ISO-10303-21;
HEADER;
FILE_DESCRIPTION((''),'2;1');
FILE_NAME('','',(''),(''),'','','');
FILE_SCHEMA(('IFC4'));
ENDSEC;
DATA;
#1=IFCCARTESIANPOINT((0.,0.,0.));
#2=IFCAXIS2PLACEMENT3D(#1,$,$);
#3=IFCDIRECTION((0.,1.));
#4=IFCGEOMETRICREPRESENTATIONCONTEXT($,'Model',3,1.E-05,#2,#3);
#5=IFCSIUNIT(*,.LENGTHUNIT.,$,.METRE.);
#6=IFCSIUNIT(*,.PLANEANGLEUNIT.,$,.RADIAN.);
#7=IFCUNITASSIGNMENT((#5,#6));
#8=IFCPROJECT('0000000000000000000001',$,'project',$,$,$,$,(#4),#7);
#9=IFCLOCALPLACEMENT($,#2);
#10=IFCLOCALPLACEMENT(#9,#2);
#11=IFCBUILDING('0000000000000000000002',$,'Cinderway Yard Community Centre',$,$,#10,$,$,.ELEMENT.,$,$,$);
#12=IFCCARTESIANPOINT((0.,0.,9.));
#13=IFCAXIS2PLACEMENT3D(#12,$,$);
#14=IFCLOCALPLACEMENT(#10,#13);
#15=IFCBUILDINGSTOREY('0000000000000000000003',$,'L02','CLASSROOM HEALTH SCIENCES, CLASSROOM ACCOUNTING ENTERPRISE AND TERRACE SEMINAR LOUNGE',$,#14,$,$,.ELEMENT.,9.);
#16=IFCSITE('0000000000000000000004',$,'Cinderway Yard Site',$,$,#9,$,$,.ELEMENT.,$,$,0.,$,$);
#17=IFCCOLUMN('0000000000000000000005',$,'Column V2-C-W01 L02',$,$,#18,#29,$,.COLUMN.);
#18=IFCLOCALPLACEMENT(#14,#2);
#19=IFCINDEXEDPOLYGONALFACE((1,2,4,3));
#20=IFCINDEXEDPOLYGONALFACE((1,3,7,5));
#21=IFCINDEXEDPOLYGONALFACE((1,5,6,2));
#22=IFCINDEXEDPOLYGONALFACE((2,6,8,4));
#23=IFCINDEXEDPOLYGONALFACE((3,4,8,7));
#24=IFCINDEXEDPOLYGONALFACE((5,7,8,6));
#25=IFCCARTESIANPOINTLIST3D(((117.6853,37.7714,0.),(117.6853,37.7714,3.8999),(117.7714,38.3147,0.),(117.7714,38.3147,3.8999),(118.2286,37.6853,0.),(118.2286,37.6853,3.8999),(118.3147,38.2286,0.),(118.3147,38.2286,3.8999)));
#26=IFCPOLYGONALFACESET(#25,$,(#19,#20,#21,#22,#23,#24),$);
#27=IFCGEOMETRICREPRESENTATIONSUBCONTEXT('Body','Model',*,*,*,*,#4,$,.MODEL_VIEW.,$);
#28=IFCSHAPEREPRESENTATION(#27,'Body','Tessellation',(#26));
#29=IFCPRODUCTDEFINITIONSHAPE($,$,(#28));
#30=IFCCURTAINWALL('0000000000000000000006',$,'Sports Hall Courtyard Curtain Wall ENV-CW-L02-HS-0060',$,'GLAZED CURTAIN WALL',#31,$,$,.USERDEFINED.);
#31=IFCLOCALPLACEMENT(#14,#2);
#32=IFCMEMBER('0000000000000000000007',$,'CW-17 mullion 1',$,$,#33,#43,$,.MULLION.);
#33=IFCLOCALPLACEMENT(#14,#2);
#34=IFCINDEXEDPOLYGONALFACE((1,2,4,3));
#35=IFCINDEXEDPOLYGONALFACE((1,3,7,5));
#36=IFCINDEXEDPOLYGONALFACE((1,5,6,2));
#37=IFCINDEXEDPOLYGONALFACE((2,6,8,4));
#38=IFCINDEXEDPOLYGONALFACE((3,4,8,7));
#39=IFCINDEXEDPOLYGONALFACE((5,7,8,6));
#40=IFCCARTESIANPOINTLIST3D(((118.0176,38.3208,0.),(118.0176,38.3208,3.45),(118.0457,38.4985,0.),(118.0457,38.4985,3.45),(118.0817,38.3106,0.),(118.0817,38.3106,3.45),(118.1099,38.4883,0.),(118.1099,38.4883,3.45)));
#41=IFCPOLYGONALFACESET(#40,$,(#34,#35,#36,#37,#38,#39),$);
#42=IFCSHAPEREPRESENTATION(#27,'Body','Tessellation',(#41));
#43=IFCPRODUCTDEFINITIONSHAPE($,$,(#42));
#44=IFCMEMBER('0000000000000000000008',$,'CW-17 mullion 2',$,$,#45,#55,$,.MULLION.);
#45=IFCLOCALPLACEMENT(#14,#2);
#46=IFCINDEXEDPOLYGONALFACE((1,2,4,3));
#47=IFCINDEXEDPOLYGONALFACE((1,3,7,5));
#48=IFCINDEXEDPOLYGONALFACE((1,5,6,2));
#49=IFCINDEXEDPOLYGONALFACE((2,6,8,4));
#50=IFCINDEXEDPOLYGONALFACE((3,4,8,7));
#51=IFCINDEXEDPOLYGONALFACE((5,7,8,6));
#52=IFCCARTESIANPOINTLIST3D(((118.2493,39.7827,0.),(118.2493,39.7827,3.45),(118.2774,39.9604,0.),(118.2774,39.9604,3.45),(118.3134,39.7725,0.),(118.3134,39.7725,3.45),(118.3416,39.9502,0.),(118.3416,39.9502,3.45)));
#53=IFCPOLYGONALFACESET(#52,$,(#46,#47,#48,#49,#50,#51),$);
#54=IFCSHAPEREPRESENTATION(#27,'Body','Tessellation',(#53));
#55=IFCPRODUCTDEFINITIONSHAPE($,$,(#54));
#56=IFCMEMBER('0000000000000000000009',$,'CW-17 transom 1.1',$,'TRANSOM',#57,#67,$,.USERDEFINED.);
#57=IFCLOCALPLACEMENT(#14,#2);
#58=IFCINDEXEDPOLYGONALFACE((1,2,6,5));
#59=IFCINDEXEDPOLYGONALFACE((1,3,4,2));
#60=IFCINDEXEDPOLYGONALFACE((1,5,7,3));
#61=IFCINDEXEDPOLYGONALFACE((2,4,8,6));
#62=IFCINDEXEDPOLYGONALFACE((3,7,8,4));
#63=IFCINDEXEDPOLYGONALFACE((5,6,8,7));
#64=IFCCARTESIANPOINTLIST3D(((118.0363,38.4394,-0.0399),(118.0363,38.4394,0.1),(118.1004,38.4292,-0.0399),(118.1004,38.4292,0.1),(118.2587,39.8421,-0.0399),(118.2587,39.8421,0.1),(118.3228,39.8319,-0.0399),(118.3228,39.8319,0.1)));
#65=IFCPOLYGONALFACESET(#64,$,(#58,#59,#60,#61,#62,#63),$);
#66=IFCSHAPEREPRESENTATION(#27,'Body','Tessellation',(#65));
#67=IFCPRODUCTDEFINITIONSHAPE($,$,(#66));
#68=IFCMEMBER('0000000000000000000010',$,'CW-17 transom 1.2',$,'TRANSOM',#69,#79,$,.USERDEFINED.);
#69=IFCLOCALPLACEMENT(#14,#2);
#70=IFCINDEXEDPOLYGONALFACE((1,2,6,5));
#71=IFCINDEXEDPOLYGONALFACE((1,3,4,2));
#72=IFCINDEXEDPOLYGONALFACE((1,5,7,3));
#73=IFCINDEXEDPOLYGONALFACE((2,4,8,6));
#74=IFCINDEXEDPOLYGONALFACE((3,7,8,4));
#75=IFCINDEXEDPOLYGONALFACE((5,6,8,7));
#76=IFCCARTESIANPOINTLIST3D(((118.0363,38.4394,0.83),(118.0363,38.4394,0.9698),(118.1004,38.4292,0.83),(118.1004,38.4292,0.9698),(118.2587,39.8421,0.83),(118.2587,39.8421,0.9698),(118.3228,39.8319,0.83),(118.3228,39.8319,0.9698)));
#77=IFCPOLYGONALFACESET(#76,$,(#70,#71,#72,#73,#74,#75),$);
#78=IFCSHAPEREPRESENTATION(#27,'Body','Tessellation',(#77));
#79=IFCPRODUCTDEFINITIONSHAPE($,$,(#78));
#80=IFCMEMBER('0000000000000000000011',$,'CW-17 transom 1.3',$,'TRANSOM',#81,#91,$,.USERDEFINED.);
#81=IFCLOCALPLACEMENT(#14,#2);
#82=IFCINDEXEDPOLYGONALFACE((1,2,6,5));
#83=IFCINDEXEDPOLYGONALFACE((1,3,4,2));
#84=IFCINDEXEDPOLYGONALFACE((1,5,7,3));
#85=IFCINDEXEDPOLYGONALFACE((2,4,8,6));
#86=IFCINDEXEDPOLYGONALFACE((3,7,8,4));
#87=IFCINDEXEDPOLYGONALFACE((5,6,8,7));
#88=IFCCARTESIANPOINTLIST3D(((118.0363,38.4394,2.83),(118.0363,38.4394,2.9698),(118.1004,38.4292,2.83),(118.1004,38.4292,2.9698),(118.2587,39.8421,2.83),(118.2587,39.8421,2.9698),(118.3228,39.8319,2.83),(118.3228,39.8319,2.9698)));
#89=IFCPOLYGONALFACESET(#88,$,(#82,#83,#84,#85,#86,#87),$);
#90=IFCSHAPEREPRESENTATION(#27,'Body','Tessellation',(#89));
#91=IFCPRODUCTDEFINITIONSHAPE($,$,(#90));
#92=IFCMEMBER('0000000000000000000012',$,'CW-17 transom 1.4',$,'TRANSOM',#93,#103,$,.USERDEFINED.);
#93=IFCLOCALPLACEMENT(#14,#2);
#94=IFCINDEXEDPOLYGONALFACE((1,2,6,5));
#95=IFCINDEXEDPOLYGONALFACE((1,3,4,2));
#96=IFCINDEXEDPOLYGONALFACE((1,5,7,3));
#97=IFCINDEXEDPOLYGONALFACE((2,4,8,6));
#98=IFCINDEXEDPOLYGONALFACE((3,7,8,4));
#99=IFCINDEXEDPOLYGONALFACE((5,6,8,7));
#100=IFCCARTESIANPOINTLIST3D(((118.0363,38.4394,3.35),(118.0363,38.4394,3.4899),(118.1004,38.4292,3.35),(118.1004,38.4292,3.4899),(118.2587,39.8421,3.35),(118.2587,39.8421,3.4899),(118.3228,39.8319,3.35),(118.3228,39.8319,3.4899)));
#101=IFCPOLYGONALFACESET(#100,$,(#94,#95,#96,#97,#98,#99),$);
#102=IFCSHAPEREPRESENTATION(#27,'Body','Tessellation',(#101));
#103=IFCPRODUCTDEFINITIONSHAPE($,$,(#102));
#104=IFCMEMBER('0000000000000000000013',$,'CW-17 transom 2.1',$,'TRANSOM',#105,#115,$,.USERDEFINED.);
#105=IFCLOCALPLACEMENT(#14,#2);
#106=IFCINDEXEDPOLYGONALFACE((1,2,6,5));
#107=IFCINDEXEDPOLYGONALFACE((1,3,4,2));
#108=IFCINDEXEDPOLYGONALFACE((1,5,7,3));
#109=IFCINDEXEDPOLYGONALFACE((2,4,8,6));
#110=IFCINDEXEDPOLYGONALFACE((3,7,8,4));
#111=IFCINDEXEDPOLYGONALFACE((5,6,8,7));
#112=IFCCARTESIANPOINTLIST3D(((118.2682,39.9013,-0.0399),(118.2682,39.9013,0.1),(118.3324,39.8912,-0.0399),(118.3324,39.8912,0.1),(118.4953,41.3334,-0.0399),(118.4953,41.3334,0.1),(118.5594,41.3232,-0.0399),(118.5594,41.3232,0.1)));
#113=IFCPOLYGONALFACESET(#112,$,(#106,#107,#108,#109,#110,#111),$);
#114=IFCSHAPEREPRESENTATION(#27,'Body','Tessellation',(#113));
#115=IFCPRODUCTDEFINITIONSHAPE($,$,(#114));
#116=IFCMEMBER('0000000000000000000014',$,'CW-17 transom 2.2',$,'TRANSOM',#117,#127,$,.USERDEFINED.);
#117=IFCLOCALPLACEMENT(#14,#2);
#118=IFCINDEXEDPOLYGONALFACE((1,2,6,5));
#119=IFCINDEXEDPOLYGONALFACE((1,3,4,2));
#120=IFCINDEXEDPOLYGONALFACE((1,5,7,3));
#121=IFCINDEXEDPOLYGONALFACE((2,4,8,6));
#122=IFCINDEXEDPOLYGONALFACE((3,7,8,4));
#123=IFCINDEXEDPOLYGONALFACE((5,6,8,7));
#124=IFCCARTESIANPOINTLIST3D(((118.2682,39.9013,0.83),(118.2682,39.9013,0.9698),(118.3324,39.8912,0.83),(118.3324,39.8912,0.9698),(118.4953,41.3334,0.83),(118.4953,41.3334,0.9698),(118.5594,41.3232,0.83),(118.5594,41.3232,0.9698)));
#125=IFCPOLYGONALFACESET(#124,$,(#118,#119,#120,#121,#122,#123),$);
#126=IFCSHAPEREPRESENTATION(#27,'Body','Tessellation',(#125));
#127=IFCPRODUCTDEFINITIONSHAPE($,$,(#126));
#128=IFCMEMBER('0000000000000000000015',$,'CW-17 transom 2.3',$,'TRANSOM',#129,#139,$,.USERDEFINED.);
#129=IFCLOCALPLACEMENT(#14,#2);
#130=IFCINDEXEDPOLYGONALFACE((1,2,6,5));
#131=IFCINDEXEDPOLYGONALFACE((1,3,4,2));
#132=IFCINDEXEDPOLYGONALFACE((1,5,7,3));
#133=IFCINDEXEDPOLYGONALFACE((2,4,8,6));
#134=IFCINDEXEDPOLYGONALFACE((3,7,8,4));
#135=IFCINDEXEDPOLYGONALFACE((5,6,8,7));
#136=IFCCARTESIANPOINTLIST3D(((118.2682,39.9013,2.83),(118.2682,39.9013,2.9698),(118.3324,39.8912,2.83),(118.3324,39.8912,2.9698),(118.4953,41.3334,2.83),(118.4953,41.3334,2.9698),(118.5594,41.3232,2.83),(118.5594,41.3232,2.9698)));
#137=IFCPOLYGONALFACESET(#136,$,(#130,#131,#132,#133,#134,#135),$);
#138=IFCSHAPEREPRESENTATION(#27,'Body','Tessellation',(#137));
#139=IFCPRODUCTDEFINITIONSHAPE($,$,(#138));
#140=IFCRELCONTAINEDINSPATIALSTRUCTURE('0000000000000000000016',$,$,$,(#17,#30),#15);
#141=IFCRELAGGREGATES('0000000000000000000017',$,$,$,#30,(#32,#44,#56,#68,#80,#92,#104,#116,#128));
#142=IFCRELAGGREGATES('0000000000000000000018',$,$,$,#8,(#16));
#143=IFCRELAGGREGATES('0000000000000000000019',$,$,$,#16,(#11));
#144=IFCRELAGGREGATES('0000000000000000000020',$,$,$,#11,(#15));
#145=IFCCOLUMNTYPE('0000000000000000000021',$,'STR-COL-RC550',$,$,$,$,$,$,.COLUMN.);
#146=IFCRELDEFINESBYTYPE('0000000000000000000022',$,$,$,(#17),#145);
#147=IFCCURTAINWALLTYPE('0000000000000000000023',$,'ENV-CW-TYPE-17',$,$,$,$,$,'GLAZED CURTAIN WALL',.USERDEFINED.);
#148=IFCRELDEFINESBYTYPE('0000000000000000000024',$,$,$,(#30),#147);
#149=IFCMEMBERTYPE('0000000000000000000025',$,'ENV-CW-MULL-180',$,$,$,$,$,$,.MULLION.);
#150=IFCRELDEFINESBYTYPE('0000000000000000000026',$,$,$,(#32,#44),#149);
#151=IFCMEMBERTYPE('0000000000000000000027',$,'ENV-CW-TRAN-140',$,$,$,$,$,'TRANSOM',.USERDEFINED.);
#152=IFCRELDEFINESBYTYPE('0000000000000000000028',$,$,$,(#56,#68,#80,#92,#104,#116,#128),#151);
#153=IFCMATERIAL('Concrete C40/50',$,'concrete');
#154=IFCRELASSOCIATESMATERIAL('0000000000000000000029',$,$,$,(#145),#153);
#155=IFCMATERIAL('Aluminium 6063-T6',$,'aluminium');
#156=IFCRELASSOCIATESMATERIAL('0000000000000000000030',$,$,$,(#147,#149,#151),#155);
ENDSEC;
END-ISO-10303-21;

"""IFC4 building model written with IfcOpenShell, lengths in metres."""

from ifc_helpers import new_model, si_unit, direction, frame, origin, origin_2d, place, context, subcontext, project, spatial, rectangle, extrude, material, material_profile, profile_set, type_object, element, aggregate, save


model = new_model("IFC4")

# Units and contexts
model_context = context("Model", 3, precision=1e-05, world=origin(), true_north=direction((0.0, 1.0)))
body_context = subcontext(model_context, "Body", "Model", "MODEL_VIEW")
ifc_project = project(units=[si_unit("LENGTHUNIT", "METRE"), si_unit("PLANEANGLEUNIT", "RADIAN")], contexts=[model_context])

# Site, building, storey
site_placement = place(None, origin())
site = spatial("IfcSite", under=ifc_project, at=site_placement, Name="Cinderway Yard Site", CompositionType="ELEMENT", RefElevation=0.0)
building_placement = place(site_placement, origin())
building = spatial("IfcBuilding", under=site, at=building_placement, Name="Cinderway Yard Community Centre", CompositionType="ELEMENT")
storey_placement = place(building_placement, frame((0.0, 0.0, 9.0)))
storey = spatial("IfcBuildingStorey", under=building, at=storey_placement, Name="L02", Description="CLASSROOM HEALTH SCIENCES, CLASSROOM ACCOUNTING ENTERPRISE AND TERRACE SEMINAR LOUNGE", CompositionType="ELEMENT", Elevation=9.0)

# Column
ifc_material_1 = material(Name="Concrete C40/50", Category="concrete")
ifc_material_profile_1 = material_profile(ifc_material_1, rectangle(XDim=0.55, YDim=0.55, at=origin_2d()), Name="Concrete C40/50")
ifc_profile_set_1 = profile_set([ifc_material_profile_1], Name="Concrete C40/50")
column_type = type_object("IfcColumnType", Name="STR-COL-RC550", PredefinedType="COLUMN", material=ifc_profile_set_1)
column_placement = place(storey_placement, frame((118.0, 38.0, 0.0), z_axis=(0.0, 0.0, 1.0), x_axis=(0.987688, -0.156434, 0.0)))
element("IfcColumn", 1, at=column_placement, inside=storey, type_object=column_type, Name="Column V2-C-W01 L02", PredefinedType="COLUMN", context=body_context, shape_type="SweptSolid", body=[
    extrude(rectangle(XDim=0.55, YDim=0.55, at=origin_2d()), origin(), (0.0, 0.0, 1.0), 3.8999),
])

# Curtain wall, members
ifc_material_2 = material(Name="Aluminium 6063-T6", Category="aluminium")
curtain_wall_type = type_object("IfcCurtainWallType", Name="ENV-CW-TYPE-17", ElementType="GLAZED CURTAIN WALL", PredefinedType="USERDEFINED", material=ifc_material_2)
curtain_wall_placement = place(storey_placement, origin())
curtain_wall = element("IfcCurtainWall", 2, at=curtain_wall_placement, inside=storey, type_object=curtain_wall_type, Name="Sports Hall Courtyard Curtain Wall ENV-CW-L02-HS-0060", ObjectType="GLAZED CURTAIN WALL", PredefinedType="USERDEFINED")
ifc_material_profile_2 = material_profile(ifc_material_2, rectangle(XDim=0.0649, YDim=0.1799, at=origin_2d()), Name="Aluminium 6063-T6")
ifc_profile_set_2 = profile_set([ifc_material_profile_2], Name="Aluminium 6063-T6")
member_type_1 = type_object("IfcMemberType", Name="ENV-CW-MULL-180", PredefinedType="MULLION", material=ifc_profile_set_2)
member_1_placement = place(storey_placement, frame((118.0637, 38.4045, 0.0), z_axis=(0.0, 0.0, 1.0), x_axis=(-0.987661, 0.156609, 0.0)))
member_1 = element("IfcMember", 3, at=member_1_placement, type_object=member_type_1, Name="CW-17 mullion 1", PredefinedType="MULLION", context=body_context, shape_type="SweptSolid", body=[
    extrude(rectangle(XDim=0.0649, YDim=0.1799, at=origin_2d()), origin(), (0.0, 0.0, 1.0), 3.45),
])
member_2_placement = place(storey_placement, frame((118.2954, 39.8665, 0.0), z_axis=(0.0, 0.0, 1.0), x_axis=(-0.987661, 0.156609, 0.0)))
member_2 = element("IfcMember", 4, at=member_2_placement, type_object=member_type_1, Name="CW-17 mullion 2", PredefinedType="MULLION", context=body_context, shape_type="SweptSolid", body=[
    extrude(rectangle(XDim=0.0649, YDim=0.1799, at=origin_2d()), origin(), (0.0, 0.0, 1.0), 3.45),
])
ifc_material_profile_3 = material_profile(ifc_material_2, rectangle(XDim=0.0649, YDim=0.1399, at=origin_2d()), Name="Aluminium 6063-T6")
ifc_profile_set_3 = profile_set([ifc_material_profile_3], Name="Aluminium 6063-T6")
member_type_2 = type_object("IfcMemberType", Name="ENV-CW-TRAN-140", ElementType="TRANSOM", PredefinedType="USERDEFINED", material=ifc_profile_set_3)
member_3_placement = place(storey_placement, frame((118.0684, 38.4343, 0.03), z_axis=(0.156616, 0.98766, 0.0), x_axis=(-0.98766, 0.156616, 0.0)))
member_3 = element("IfcMember", 5, at=member_3_placement, type_object=member_type_2, Name="CW-17 transom 1.1", ObjectType="TRANSOM", PredefinedType="USERDEFINED", context=body_context, shape_type="SweptSolid", body=[
    extrude(rectangle(XDim=0.0649, YDim=0.1399, at=origin_2d()), origin(), (0.0, 0.0, 1.0), 1.4202),
])
member_4_placement = place(storey_placement, frame((118.0684, 38.4343, 0.8999), z_axis=(0.156616, 0.98766, 0.0), x_axis=(-0.98766, 0.156616, 0.0)))
member_4 = element("IfcMember", 6, at=member_4_placement, type_object=member_type_2, Name="CW-17 transom 1.2", ObjectType="TRANSOM", PredefinedType="USERDEFINED", context=body_context, shape_type="SweptSolid", body=[
    extrude(rectangle(XDim=0.0649, YDim=0.1399, at=origin_2d()), origin(), (0.0, 0.0, 1.0), 1.4202),
])
member_5_placement = place(storey_placement, frame((118.0684, 38.4343, 2.8999), z_axis=(0.156616, 0.98766, 0.0), x_axis=(-0.98766, 0.156616, 0.0)))
member_5 = element("IfcMember", 7, at=member_5_placement, type_object=member_type_2, Name="CW-17 transom 1.3", ObjectType="TRANSOM", PredefinedType="USERDEFINED", context=body_context, shape_type="SweptSolid", body=[
    extrude(rectangle(XDim=0.0649, YDim=0.1399, at=origin_2d()), origin(), (0.0, 0.0, 1.0), 1.4202),
])
member_6_placement = place(storey_placement, frame((118.0684, 38.4343, 3.4199), z_axis=(0.156616, 0.98766, 0.0), x_axis=(-0.98766, 0.156616, 0.0)))
member_6 = element("IfcMember", 8, at=member_6_placement, type_object=member_type_2, Name="CW-17 transom 1.4", ObjectType="TRANSOM", PredefinedType="USERDEFINED", context=body_context, shape_type="SweptSolid", body=[
    extrude(rectangle(XDim=0.0649, YDim=0.1399, at=origin_2d()), origin(), (0.0, 0.0, 1.0), 1.4202),
])
member_7_placement = place(storey_placement, frame((118.3003, 39.8962, 0.03), z_axis=(0.156585, 0.987664, 0.0), x_axis=(-0.987664, 0.156585, 0.0)))
member_7 = element("IfcMember", 9, at=member_7_placement, type_object=member_type_2, Name="CW-17 transom 2.1", ObjectType="TRANSOM", PredefinedType="USERDEFINED", context=body_context, shape_type="SweptSolid", body=[
    extrude(rectangle(XDim=0.0649, YDim=0.1399, at=origin_2d()), origin(), (0.0, 0.0, 1.0), 1.45),
])
member_8_placement = place(storey_placement, frame((118.3003, 39.8962, 0.8999), z_axis=(0.156585, 0.987664, 0.0), x_axis=(-0.987664, 0.156585, 0.0)))
member_8 = element("IfcMember", 10, at=member_8_placement, type_object=member_type_2, Name="CW-17 transom 2.2", ObjectType="TRANSOM", PredefinedType="USERDEFINED", context=body_context, shape_type="SweptSolid", body=[
    extrude(rectangle(XDim=0.0649, YDim=0.1399, at=origin_2d()), origin(), (0.0, 0.0, 1.0), 1.45),
])
member_9_placement = place(storey_placement, frame((118.3003, 39.8962, 2.8999), z_axis=(0.156585, 0.987664, 0.0), x_axis=(-0.987664, 0.156585, 0.0)))
member_9 = element("IfcMember", 11, at=member_9_placement, type_object=member_type_2, Name="CW-17 transom 2.3", ObjectType="TRANSOM", PredefinedType="USERDEFINED", context=body_context, shape_type="SweptSolid", body=[
    extrude(rectangle(XDim=0.0649, YDim=0.1399, at=origin_2d()), origin(), (0.0, 0.0, 1.0), 1.45),
])

aggregate(curtain_wall, [member_1, member_2, member_3, member_4, member_5, member_6, member_7, member_8, member_9])

save(model, "model.ifc")
